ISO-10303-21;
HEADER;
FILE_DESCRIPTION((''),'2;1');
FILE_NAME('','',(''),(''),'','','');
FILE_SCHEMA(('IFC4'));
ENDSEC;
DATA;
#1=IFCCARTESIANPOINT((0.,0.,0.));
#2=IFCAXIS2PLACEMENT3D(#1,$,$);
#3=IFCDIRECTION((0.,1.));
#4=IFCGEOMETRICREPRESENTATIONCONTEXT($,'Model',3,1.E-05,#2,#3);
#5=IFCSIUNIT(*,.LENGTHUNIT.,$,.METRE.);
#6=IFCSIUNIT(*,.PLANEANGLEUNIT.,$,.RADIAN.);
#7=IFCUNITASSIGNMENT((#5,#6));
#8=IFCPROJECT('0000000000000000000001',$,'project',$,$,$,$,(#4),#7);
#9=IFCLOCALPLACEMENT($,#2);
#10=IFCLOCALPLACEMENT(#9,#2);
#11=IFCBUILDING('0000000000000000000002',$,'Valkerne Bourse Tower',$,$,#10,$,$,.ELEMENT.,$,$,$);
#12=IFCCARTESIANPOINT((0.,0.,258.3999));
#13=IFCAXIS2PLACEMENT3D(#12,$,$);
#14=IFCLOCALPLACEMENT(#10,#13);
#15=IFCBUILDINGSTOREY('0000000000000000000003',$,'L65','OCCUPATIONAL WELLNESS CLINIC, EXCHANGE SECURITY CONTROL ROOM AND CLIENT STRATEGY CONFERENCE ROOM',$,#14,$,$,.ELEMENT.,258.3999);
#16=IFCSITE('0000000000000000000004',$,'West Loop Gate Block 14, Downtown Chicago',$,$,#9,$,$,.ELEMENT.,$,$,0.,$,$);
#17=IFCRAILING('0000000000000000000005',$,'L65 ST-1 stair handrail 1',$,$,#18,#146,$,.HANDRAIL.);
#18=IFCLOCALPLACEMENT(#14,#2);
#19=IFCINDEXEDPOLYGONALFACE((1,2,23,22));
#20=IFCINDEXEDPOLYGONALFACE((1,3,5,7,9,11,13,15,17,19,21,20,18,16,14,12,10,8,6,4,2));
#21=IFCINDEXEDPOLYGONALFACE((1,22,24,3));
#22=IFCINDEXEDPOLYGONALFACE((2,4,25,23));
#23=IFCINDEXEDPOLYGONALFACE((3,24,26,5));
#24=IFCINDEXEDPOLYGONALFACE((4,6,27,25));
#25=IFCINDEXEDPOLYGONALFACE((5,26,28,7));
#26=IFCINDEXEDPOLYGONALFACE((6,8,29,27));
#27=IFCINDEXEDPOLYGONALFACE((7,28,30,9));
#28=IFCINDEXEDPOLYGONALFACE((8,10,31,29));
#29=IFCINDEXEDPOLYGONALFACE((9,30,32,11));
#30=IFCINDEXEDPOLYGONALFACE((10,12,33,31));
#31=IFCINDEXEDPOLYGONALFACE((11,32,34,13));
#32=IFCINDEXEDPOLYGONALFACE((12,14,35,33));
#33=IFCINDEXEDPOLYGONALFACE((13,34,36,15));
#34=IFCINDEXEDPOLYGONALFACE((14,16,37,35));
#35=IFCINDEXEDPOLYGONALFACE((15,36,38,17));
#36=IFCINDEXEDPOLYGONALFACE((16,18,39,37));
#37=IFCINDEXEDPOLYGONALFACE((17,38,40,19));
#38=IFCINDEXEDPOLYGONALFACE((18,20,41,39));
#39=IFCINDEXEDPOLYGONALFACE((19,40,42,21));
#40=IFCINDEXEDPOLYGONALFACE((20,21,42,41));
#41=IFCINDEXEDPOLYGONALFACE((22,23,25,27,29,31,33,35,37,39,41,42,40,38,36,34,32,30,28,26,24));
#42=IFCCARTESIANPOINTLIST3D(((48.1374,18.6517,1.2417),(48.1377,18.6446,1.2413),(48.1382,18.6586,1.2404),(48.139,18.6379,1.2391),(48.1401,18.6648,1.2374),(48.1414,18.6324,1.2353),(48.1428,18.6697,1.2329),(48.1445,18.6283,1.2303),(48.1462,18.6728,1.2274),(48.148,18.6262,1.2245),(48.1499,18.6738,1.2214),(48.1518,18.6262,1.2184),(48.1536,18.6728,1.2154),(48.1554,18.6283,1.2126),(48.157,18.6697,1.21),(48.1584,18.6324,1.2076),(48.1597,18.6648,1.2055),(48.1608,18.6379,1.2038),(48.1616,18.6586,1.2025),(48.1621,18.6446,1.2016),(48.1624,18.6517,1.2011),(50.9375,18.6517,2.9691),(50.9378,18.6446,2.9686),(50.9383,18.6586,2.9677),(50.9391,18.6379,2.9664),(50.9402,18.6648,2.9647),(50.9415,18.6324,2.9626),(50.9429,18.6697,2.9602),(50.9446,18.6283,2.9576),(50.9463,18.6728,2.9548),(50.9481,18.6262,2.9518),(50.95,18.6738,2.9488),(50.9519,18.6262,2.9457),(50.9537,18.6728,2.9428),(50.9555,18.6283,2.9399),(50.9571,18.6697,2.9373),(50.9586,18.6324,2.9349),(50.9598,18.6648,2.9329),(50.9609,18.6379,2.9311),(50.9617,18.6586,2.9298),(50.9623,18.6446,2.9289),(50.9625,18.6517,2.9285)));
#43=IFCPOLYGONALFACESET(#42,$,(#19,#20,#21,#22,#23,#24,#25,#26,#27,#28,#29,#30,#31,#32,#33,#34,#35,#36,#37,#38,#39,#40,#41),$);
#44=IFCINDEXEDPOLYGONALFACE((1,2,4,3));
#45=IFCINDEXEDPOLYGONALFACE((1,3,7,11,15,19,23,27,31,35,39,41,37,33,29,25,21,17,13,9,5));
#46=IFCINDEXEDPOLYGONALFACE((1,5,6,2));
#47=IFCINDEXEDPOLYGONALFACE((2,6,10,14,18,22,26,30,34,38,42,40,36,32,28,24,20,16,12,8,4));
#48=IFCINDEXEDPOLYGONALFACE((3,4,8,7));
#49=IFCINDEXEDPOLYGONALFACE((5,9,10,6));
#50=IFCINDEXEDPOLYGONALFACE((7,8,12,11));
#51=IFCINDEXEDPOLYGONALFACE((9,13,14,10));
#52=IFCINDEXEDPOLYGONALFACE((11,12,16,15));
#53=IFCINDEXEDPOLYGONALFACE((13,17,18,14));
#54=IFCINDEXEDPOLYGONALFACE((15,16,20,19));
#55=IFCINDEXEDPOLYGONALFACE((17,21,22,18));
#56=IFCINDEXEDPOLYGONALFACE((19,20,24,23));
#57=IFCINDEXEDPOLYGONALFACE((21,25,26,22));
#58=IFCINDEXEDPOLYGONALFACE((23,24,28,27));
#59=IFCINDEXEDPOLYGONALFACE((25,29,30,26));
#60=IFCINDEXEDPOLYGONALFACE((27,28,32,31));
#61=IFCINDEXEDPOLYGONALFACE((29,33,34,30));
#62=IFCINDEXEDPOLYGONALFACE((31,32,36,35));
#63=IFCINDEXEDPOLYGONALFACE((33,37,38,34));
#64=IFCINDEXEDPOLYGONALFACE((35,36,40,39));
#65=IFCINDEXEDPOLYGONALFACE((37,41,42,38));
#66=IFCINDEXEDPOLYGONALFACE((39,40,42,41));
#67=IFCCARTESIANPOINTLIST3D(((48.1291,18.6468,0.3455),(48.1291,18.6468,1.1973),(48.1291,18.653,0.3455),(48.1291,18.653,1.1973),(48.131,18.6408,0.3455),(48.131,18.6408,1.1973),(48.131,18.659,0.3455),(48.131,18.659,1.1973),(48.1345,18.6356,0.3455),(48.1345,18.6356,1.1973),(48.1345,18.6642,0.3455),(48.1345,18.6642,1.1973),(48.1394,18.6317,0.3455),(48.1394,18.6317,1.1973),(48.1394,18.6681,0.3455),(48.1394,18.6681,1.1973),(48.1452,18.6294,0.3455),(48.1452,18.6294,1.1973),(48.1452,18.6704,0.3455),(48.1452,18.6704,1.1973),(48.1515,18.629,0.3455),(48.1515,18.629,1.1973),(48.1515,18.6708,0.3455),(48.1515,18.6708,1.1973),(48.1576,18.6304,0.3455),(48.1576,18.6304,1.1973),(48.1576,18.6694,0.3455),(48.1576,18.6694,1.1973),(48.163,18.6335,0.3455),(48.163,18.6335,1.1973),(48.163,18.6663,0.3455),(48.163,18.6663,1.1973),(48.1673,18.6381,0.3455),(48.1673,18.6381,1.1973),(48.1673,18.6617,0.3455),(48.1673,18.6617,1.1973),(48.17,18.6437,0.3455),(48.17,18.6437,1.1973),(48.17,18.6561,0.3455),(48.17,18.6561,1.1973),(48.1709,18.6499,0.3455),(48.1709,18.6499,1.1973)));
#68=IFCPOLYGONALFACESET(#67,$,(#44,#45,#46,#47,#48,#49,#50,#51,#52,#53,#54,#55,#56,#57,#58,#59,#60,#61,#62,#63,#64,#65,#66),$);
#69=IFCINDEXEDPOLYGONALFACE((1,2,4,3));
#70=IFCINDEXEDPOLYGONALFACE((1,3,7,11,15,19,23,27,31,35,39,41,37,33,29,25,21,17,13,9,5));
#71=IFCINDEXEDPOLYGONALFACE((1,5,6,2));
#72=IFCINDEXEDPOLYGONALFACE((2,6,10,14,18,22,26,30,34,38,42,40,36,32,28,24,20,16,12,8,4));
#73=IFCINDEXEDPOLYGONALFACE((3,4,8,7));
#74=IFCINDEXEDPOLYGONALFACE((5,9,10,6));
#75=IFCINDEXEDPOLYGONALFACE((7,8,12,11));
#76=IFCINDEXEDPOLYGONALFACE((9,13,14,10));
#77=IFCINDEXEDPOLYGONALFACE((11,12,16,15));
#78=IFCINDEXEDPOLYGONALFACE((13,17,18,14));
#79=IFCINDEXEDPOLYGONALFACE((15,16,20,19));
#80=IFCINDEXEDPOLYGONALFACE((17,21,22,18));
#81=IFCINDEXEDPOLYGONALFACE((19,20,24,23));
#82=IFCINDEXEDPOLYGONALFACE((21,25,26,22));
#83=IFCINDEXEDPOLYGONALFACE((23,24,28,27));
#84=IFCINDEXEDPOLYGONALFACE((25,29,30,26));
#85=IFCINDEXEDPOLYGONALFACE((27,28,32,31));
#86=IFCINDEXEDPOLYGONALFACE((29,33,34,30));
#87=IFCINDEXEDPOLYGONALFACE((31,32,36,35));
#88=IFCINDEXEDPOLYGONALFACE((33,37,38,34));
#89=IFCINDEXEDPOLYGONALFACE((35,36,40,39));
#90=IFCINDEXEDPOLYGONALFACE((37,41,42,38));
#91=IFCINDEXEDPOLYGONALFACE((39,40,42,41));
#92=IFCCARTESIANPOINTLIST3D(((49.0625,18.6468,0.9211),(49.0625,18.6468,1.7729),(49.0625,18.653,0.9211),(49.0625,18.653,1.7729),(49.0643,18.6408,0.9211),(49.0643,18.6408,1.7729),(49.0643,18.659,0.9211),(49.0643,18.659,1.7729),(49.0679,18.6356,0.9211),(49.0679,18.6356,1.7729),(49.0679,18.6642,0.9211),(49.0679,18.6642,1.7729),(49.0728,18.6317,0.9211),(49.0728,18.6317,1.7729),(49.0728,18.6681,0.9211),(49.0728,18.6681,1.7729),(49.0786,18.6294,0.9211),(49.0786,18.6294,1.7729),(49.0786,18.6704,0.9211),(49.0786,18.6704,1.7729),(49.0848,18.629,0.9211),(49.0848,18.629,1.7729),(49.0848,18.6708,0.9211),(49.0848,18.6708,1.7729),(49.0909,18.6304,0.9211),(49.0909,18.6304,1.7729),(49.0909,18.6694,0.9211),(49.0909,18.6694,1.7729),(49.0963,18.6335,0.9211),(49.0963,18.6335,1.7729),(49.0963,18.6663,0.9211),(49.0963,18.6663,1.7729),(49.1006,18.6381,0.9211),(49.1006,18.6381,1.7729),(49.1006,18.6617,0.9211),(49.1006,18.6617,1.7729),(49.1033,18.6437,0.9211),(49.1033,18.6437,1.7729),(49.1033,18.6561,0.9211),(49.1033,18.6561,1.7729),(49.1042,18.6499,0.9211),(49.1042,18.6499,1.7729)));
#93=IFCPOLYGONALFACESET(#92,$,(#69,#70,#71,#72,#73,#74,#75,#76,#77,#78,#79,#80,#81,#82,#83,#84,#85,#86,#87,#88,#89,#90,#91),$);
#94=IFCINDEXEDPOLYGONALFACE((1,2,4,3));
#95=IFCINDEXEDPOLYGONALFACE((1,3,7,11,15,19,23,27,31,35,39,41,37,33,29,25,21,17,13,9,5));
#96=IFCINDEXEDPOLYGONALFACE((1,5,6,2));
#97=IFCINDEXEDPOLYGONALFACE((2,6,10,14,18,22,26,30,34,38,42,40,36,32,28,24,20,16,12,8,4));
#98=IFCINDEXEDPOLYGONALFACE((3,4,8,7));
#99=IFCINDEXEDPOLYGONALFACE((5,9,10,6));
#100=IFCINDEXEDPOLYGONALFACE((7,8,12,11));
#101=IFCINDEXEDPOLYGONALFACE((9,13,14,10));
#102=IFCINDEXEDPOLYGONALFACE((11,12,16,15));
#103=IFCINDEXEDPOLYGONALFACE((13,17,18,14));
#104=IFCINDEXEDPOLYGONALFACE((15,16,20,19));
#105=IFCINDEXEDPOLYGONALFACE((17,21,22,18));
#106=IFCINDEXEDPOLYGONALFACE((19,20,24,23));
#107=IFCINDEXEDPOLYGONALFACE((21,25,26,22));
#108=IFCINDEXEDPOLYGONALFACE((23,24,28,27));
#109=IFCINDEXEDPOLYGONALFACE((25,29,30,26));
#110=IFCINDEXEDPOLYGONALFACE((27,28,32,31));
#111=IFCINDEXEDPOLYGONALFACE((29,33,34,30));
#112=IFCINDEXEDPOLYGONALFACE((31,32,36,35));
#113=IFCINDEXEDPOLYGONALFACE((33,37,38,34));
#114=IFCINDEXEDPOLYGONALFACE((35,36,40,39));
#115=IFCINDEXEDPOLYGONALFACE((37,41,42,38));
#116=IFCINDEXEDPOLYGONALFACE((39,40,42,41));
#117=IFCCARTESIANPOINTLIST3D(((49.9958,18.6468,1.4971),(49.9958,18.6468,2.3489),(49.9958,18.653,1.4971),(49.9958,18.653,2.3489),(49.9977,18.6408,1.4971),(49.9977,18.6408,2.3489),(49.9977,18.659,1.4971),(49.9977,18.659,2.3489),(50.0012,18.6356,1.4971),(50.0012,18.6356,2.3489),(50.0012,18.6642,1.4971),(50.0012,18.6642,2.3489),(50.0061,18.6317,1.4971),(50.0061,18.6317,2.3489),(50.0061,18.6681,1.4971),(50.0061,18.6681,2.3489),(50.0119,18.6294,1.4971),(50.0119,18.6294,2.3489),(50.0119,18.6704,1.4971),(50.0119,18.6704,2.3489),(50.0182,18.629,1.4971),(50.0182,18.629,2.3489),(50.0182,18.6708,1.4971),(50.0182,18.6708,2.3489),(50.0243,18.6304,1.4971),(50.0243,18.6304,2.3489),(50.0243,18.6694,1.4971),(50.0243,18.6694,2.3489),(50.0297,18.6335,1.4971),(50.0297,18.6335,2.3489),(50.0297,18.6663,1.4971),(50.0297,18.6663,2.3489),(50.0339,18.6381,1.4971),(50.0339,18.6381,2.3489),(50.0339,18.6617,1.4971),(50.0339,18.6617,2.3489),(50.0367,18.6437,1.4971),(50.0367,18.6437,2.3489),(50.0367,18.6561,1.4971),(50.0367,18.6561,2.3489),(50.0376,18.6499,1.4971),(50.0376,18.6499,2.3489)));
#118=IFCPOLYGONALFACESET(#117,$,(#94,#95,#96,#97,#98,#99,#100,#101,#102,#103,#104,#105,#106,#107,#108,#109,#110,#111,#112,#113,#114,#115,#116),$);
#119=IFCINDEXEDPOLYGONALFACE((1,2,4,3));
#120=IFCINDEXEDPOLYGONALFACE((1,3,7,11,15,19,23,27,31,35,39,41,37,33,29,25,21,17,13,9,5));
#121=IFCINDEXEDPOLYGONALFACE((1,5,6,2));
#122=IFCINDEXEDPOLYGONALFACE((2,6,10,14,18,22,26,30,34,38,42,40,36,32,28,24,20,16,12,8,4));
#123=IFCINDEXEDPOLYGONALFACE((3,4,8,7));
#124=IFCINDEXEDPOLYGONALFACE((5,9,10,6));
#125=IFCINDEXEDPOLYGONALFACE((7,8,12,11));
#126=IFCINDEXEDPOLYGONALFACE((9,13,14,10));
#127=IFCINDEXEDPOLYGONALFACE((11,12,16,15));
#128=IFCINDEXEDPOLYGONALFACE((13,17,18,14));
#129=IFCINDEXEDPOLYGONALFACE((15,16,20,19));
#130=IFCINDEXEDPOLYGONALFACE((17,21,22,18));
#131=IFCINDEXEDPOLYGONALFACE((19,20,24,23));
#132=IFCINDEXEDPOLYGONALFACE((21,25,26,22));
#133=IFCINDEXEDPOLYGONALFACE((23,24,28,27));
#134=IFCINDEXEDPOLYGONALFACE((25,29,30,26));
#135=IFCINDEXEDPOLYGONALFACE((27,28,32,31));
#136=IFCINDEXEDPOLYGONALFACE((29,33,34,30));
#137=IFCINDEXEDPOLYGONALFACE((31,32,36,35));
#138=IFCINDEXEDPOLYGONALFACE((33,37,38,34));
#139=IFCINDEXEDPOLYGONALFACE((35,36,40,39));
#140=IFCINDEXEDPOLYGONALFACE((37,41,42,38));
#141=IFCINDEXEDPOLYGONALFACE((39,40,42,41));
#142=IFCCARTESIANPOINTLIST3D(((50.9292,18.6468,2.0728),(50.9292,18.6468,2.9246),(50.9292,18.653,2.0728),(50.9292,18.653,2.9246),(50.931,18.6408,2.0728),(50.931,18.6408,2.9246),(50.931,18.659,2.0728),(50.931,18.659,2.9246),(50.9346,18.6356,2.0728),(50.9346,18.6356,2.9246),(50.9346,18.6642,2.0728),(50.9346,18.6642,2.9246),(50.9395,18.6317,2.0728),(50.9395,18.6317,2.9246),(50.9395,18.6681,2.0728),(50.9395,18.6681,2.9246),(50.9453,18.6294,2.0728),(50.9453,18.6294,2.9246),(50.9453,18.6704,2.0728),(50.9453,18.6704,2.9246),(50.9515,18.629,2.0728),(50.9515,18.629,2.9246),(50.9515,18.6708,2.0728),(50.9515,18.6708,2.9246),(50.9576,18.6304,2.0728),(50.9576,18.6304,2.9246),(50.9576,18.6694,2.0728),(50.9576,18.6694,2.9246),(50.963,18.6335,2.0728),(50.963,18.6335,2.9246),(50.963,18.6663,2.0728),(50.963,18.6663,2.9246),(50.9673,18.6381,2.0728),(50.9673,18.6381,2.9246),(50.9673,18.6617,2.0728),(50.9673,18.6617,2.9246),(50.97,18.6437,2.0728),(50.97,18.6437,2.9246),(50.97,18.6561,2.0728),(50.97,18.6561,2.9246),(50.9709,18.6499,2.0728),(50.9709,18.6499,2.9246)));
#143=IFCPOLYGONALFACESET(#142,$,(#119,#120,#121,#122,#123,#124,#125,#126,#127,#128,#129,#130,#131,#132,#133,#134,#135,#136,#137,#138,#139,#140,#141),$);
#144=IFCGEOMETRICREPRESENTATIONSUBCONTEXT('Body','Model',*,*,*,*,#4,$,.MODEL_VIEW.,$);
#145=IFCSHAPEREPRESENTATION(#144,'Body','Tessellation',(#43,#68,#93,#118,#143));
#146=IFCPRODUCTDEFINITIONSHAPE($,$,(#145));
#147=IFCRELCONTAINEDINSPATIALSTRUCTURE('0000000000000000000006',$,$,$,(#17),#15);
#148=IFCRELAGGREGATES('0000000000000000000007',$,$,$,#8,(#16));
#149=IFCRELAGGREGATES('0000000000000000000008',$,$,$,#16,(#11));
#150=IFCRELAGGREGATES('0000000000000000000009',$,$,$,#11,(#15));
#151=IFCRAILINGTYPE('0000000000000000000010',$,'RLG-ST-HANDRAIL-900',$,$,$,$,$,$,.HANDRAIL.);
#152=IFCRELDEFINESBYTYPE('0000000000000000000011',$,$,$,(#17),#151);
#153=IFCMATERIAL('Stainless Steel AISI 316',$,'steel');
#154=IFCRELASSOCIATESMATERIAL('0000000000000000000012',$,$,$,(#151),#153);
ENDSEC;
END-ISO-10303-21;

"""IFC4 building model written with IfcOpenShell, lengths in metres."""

from ifc_helpers import new_model, si_unit, direction, frame, origin, origin_2d, place, context, subcontext, project, spatial, circle, extrude, material, type_object, element, save


model = new_model("IFC4")

# Units and contexts
model_context = context("Model", 3, precision=1e-05, world=origin(), true_north=direction((0.0, 1.0)))
body_context = subcontext(model_context, "Body", "Model", "MODEL_VIEW")
ifc_project = project(units=[si_unit("LENGTHUNIT", "METRE"), si_unit("PLANEANGLEUNIT", "RADIAN")], contexts=[model_context])

# Site, building, storey
site_placement = place(None, origin())
site = spatial("IfcSite", under=ifc_project, at=site_placement, Name="West Loop Gate Block 14, Downtown Chicago", CompositionType="ELEMENT", RefElevation=0.0)
building_placement = place(site_placement, origin())
building = spatial("IfcBuilding", under=site, at=building_placement, Name="Valkerne Bourse Tower", CompositionType="ELEMENT")
storey_placement = place(building_placement, frame((0.0, 0.0, 258.3999)))
storey = spatial("IfcBuildingStorey", under=building, at=storey_placement, Name="L65", Description="OCCUPATIONAL WELLNESS CLINIC, EXCHANGE SECURITY CONTROL ROOM AND CLIENT STRATEGY CONFERENCE ROOM", CompositionType="ELEMENT", Elevation=258.3999)

# Shared definitions
ifc_material_1 = material(Name="Stainless Steel AISI 316", Category="steel")

# Railing
railing_type_1 = type_object("IfcRailingType", Name="RLG-ST-HANDRAIL-900", PredefinedType="HANDRAIL", material=ifc_material_1)
railing_1_placement = place(storey_placement, frame((48.1499, 18.6499, 0.3455)))
element("IfcRailing", 1, at=railing_1_placement, inside=storey, type_object=railing_type_1, Name="L65 ST-1 stair handrail 1", PredefinedType="HANDRAIL", context=body_context, shape_type="SweptSolid", body=[
    extrude(circle(Radius=0.0239, at=origin_2d()), frame((0.0, 0.0, 0.876), z_axis=(0.85109, 0.0, 0.52502), x_axis=(0.0, 1.0, 0.0)), (0.0, 0.0, 1.0), 3.29),
    extrude(circle(Radius=0.021, at=origin_2d()), origin(), (0.0, 0.0, 1.0), 0.8518),
    extrude(circle(Radius=0.021, at=origin_2d()), frame((0.9333, 0.0, 0.5757)), (0.0, 0.0, 1.0), 0.8518),
    extrude(circle(Radius=0.021, at=origin_2d()), frame((1.8667, 0.0, 1.1516)), (0.0, 0.0, 1.0), 0.8518),
    extrude(circle(Radius=0.021, at=origin_2d()), frame((2.8, 0.0, 1.7273)), (0.0, 0.0, 1.0), 0.8518),
])

save(model, "model.ifc")
